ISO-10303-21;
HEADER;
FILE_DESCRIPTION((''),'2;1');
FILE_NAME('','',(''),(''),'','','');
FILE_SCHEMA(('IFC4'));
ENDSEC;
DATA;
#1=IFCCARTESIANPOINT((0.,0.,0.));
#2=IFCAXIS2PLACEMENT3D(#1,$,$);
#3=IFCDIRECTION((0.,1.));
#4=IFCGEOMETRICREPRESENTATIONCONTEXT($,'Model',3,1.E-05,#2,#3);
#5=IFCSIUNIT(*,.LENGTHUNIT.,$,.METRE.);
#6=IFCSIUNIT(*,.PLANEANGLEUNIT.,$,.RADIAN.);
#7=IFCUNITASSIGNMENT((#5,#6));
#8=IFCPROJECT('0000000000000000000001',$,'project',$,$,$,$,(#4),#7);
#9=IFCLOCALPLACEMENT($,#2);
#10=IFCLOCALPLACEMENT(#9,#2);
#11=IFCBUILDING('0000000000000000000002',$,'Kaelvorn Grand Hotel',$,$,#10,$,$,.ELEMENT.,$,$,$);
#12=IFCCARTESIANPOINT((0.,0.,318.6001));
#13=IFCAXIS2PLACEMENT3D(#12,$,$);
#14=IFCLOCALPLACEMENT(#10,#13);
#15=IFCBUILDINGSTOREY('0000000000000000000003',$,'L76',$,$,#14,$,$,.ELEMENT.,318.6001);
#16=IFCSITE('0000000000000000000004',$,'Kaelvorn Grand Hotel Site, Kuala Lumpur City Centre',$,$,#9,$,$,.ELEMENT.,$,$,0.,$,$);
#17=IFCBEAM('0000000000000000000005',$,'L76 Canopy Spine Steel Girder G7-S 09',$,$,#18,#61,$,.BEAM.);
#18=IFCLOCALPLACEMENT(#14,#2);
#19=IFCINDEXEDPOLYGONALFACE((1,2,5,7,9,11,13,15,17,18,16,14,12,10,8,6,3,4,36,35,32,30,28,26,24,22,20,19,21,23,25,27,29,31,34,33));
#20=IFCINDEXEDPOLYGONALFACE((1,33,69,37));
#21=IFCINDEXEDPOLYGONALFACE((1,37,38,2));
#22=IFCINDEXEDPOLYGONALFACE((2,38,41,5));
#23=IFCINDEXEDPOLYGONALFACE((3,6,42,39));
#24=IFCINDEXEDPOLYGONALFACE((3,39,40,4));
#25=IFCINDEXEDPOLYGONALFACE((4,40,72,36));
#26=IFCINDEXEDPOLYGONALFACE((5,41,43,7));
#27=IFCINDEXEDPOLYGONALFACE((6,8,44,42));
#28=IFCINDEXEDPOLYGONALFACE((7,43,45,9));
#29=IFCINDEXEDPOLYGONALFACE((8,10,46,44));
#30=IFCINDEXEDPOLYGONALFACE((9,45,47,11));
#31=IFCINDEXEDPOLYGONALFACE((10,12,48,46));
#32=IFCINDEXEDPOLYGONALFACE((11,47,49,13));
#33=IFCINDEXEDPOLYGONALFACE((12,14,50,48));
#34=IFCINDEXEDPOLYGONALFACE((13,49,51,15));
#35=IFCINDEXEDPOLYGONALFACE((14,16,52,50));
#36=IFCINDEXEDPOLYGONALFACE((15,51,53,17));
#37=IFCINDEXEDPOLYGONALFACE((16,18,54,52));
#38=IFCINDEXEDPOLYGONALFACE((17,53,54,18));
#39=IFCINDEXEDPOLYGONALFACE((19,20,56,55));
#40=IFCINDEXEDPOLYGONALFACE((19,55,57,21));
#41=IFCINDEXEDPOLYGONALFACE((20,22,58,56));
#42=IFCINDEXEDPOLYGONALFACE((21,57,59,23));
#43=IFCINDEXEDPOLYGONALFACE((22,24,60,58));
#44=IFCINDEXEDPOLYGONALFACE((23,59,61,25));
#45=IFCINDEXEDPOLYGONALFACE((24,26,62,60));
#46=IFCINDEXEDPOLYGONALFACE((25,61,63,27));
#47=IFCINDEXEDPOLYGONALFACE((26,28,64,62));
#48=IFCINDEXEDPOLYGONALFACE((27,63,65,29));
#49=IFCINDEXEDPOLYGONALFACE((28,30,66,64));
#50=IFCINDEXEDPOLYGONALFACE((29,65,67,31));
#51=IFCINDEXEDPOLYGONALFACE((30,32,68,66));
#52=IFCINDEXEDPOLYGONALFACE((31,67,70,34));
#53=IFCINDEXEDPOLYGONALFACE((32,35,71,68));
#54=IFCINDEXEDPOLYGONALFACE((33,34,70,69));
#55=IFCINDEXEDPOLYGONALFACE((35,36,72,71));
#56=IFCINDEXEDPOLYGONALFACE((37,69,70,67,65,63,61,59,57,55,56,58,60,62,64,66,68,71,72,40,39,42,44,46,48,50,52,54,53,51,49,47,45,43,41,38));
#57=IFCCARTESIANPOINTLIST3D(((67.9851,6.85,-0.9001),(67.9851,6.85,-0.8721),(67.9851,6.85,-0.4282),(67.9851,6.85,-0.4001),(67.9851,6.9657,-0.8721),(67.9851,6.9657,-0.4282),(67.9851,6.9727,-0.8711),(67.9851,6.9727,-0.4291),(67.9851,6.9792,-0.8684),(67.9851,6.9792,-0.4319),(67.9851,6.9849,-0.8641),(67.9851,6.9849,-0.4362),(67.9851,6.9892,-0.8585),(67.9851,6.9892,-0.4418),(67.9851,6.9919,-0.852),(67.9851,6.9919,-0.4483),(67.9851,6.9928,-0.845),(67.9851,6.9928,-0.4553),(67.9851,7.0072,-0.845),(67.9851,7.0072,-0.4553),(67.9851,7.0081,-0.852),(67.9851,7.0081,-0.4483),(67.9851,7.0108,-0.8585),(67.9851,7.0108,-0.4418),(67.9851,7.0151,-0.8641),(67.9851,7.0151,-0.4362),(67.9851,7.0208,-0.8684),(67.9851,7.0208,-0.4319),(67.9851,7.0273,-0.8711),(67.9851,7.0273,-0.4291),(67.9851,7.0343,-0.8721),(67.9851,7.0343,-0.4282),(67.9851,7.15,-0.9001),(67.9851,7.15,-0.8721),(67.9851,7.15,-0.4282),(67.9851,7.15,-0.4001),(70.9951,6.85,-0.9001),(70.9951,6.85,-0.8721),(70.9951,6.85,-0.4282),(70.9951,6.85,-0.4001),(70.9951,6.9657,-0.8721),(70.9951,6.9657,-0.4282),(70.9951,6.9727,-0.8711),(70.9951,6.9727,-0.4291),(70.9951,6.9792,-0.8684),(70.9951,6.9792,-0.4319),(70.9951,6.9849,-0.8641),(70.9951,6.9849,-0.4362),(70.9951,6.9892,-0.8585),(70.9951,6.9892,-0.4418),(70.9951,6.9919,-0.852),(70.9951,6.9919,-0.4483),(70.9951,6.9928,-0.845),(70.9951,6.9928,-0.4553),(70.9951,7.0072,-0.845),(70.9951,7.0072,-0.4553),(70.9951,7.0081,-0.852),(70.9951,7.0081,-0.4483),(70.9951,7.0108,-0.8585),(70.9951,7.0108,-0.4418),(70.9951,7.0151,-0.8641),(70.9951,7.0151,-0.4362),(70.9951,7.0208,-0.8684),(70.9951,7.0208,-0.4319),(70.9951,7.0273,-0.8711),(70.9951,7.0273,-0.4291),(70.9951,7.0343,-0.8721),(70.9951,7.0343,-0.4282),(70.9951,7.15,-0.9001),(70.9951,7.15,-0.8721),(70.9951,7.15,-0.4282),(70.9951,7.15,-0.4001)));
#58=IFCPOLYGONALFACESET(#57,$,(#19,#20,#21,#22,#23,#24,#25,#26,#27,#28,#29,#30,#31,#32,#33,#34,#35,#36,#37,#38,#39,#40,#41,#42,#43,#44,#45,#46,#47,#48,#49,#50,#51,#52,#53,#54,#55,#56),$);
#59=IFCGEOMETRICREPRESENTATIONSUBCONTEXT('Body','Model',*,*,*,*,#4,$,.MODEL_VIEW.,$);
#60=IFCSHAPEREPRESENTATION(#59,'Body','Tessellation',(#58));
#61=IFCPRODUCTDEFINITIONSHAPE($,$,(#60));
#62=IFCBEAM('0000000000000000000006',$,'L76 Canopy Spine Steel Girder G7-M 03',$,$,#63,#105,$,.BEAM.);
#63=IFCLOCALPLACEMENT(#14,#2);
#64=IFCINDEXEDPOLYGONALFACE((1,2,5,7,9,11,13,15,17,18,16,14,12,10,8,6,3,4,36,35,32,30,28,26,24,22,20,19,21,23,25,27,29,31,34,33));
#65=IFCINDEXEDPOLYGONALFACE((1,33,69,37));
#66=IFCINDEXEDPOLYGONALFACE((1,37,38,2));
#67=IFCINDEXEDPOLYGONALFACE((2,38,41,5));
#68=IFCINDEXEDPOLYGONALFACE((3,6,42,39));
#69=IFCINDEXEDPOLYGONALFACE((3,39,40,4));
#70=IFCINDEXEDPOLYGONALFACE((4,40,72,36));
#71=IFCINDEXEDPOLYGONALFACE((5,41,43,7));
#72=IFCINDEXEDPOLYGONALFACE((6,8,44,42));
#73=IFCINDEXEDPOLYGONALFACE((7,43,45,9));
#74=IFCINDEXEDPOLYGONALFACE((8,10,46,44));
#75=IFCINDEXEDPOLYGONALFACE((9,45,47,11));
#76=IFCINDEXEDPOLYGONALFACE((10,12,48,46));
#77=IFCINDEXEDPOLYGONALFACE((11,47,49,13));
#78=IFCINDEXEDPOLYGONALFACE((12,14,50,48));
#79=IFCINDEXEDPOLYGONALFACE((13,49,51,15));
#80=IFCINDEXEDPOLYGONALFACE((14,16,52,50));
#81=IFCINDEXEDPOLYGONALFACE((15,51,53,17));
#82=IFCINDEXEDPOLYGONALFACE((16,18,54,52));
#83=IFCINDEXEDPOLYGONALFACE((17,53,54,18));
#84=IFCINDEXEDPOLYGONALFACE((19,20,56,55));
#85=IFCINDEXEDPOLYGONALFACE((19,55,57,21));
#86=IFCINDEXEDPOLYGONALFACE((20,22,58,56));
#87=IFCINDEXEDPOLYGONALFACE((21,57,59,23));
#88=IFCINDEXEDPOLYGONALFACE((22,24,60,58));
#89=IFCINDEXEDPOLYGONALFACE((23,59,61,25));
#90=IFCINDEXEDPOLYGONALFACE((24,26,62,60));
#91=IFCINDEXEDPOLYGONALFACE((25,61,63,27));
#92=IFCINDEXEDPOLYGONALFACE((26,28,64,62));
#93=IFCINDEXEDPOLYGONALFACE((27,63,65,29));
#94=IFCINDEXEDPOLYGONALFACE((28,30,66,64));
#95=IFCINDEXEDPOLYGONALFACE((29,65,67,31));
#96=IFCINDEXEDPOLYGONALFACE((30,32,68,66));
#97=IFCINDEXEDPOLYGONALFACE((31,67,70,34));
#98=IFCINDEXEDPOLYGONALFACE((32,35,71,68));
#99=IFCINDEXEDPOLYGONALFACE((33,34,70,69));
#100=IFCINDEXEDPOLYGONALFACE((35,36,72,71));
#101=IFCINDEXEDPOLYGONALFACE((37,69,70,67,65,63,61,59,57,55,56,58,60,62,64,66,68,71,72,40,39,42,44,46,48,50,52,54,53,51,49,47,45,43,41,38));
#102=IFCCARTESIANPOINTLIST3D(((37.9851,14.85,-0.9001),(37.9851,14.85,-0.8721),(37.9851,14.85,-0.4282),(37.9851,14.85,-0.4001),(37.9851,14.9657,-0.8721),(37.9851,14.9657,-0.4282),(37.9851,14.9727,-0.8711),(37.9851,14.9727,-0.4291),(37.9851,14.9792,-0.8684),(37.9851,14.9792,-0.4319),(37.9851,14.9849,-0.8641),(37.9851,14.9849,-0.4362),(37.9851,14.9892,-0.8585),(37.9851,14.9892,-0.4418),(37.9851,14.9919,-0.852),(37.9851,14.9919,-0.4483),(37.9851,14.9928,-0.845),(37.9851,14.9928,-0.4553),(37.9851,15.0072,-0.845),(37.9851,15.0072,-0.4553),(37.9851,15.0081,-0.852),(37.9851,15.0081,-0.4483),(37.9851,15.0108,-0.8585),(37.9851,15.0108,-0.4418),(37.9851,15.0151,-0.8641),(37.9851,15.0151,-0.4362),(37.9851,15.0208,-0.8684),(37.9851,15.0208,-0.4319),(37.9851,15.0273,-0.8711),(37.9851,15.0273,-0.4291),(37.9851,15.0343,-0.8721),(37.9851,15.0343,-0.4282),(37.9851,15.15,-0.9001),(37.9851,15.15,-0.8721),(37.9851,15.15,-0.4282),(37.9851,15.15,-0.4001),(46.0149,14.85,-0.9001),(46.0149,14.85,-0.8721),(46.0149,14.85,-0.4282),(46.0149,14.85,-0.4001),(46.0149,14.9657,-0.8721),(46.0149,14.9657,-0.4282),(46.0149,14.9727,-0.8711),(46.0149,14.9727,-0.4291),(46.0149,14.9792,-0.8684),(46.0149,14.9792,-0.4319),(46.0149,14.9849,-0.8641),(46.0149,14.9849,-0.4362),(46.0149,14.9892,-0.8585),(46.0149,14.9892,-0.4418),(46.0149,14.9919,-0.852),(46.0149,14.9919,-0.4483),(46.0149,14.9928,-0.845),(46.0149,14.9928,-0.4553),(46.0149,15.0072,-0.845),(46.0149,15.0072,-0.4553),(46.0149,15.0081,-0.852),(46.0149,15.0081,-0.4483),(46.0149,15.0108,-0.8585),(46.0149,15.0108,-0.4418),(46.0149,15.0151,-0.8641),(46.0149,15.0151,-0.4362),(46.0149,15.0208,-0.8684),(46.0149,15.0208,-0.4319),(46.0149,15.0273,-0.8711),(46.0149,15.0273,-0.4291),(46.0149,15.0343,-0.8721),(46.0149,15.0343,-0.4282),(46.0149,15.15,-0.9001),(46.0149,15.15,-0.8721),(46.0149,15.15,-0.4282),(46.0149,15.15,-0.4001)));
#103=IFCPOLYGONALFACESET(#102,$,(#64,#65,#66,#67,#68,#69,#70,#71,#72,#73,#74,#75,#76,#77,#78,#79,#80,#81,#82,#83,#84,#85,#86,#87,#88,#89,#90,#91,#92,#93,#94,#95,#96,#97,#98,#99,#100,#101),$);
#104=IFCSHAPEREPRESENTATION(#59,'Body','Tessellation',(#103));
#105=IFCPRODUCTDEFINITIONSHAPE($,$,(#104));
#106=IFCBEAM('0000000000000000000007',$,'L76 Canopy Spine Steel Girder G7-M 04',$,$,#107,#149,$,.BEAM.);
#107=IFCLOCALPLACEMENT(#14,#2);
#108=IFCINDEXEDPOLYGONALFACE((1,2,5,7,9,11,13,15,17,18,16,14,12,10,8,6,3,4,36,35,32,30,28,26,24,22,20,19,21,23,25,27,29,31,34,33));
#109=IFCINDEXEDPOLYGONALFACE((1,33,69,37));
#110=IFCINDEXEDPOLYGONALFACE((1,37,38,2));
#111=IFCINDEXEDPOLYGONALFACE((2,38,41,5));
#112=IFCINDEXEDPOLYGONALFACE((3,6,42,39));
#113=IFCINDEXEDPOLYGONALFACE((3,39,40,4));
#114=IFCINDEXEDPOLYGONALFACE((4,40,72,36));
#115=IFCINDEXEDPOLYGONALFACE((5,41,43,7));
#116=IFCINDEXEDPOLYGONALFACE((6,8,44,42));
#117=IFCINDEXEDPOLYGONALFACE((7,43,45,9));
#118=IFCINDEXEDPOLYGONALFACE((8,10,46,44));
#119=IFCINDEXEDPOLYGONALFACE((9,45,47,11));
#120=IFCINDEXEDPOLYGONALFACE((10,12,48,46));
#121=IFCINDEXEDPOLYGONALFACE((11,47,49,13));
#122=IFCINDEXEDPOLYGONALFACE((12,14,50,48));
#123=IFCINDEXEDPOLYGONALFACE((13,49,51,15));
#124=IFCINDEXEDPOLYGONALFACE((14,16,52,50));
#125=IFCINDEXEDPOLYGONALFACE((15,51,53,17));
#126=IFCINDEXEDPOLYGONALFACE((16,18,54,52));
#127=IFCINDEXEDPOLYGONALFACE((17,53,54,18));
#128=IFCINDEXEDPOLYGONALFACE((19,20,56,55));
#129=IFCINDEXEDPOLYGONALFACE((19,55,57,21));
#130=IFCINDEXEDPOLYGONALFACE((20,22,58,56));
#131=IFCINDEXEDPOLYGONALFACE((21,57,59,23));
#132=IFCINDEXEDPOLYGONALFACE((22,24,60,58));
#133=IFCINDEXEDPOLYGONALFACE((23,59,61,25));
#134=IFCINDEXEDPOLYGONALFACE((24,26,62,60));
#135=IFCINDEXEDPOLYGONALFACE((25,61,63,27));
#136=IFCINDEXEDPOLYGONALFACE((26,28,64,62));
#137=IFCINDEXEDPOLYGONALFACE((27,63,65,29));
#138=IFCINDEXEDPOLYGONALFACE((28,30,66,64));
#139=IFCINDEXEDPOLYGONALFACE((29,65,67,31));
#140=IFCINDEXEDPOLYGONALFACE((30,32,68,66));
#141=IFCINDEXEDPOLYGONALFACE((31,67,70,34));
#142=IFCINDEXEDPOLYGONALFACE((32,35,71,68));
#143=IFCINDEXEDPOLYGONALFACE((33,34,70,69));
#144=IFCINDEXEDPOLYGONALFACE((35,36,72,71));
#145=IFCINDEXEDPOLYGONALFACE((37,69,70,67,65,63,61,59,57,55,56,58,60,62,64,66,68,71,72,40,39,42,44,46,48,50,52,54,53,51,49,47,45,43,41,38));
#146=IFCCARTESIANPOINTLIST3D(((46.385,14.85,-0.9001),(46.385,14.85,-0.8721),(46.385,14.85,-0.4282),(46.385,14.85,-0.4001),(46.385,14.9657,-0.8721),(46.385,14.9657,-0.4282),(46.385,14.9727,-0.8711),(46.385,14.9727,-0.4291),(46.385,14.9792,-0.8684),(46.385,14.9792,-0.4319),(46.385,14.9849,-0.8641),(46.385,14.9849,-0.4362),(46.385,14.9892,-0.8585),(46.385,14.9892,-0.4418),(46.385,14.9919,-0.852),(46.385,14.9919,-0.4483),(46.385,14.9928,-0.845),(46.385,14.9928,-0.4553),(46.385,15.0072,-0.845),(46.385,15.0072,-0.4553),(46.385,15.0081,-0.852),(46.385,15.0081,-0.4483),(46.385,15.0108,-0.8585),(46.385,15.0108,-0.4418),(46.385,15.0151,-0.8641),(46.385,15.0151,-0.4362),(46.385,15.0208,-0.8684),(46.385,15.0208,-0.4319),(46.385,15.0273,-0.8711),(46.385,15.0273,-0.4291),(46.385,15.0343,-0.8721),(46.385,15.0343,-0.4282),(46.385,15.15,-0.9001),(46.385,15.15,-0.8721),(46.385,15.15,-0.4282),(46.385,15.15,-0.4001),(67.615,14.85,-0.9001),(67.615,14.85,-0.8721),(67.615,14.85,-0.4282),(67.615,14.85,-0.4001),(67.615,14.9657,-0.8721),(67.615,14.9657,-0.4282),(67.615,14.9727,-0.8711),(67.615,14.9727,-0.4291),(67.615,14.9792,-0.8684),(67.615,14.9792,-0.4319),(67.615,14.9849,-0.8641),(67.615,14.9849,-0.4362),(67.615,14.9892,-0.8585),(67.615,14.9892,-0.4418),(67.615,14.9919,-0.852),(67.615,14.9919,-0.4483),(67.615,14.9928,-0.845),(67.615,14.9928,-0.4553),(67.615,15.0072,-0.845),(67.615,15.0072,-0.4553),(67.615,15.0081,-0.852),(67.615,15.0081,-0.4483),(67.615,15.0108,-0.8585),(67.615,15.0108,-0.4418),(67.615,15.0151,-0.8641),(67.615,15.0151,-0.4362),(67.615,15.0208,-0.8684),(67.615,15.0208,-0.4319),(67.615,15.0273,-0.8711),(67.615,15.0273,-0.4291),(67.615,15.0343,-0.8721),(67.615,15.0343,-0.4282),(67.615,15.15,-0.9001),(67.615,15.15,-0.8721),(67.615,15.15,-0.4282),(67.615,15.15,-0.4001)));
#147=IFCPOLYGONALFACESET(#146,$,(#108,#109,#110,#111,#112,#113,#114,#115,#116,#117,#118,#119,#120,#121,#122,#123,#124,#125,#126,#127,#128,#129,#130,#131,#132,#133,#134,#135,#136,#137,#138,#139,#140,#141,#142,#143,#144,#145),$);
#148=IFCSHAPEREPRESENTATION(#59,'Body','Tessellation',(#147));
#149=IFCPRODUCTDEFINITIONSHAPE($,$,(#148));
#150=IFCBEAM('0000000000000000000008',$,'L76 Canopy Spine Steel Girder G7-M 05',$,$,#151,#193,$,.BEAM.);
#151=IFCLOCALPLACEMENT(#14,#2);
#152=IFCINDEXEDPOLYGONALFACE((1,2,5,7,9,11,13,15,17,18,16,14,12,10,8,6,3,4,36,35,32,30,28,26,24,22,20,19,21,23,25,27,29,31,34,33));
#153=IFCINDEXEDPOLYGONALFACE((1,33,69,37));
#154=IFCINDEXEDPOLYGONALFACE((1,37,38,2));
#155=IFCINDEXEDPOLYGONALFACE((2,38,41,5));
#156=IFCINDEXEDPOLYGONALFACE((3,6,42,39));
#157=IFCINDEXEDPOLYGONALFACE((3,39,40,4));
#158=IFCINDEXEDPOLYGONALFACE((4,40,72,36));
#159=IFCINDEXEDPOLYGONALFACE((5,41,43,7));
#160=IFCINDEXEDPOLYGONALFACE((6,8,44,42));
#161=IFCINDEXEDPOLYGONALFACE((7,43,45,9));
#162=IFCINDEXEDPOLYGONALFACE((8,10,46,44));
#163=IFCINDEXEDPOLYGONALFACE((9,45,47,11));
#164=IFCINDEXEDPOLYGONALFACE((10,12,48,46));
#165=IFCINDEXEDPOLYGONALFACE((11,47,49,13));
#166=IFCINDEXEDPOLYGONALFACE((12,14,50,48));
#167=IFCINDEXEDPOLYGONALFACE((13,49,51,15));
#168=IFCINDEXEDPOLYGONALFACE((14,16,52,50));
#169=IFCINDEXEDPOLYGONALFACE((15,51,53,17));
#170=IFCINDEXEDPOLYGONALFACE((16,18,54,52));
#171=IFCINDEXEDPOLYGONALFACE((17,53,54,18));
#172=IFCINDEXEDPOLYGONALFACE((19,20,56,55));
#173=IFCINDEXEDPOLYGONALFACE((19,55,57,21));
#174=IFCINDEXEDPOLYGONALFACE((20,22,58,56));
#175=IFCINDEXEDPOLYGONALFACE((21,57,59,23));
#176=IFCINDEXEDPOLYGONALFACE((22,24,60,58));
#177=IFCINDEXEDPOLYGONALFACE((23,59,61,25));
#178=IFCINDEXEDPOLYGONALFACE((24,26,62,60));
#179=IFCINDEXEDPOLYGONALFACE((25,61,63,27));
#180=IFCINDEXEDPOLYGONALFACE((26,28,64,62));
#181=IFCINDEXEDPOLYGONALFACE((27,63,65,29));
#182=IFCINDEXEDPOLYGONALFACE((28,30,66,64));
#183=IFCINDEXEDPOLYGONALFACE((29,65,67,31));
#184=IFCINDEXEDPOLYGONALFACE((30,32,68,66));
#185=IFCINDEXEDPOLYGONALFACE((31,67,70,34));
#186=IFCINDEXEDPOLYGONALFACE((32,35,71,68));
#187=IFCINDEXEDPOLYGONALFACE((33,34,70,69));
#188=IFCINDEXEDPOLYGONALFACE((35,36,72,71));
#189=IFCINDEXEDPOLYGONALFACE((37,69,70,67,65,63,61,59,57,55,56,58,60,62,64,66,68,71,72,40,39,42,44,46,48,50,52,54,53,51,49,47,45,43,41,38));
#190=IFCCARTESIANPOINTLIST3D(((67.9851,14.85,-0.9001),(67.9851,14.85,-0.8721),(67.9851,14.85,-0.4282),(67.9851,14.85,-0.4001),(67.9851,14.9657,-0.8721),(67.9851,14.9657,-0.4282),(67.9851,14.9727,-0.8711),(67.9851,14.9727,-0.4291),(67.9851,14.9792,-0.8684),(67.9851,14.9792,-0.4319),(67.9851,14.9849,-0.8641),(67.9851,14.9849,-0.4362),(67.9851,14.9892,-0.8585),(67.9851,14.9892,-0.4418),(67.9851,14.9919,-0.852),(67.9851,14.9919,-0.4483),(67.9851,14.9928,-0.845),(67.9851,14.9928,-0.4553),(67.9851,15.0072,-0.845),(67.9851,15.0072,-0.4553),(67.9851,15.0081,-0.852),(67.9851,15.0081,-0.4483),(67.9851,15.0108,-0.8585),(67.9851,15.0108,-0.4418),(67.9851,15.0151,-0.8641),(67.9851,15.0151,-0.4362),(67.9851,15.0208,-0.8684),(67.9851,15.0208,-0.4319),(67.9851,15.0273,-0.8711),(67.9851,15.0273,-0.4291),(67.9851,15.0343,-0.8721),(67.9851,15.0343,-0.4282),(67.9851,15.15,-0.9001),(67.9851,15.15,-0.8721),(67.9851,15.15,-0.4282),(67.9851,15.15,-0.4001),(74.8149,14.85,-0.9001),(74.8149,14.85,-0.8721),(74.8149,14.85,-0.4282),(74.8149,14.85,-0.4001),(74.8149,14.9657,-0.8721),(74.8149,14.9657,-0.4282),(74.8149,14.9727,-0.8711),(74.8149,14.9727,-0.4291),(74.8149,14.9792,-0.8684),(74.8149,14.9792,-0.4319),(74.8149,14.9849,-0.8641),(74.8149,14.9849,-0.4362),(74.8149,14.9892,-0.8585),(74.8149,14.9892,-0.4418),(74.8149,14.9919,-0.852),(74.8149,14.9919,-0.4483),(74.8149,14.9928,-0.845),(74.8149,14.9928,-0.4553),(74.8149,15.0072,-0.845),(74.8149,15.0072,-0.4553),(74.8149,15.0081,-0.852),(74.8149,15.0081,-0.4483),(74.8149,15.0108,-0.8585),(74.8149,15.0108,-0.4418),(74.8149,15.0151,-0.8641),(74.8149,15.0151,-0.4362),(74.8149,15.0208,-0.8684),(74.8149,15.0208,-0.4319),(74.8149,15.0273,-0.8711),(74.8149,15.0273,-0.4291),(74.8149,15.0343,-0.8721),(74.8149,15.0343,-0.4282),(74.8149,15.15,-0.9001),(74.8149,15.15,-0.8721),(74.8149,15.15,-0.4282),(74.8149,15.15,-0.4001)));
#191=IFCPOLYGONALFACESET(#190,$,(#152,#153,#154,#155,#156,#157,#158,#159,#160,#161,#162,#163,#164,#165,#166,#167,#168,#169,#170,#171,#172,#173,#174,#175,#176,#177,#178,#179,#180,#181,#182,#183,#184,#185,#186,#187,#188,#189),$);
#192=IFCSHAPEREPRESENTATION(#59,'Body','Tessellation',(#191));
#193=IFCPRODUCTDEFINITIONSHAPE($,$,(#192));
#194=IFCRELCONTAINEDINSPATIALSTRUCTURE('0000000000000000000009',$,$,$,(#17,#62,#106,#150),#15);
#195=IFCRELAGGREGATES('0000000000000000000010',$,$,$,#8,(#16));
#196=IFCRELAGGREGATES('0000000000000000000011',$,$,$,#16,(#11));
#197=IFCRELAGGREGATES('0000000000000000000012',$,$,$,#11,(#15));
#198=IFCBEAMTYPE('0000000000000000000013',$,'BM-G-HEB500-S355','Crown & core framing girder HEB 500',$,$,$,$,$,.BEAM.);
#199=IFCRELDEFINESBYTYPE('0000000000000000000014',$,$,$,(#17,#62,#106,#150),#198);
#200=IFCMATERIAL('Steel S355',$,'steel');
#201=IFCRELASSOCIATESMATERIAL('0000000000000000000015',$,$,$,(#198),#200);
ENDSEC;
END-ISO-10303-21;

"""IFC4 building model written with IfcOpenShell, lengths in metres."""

from ifc_helpers import new_model, si_unit, direction, frame, origin, origin_2d, place, context, subcontext, project, spatial, i_section, extrude, material, material_profile, profile_set, type_object, element, save


model = new_model("IFC4")

# Units and contexts
model_context = context("Model", 3, precision=1e-05, world=origin(), true_north=direction((0.0, 1.0)))
body_context = subcontext(model_context, "Body", "Model", "MODEL_VIEW")
ifc_project = project(units=[si_unit("LENGTHUNIT", "METRE"), si_unit("PLANEANGLEUNIT", "RADIAN")], contexts=[model_context])

# Site, building, storey
site_placement = place(None, origin())
site = spatial("IfcSite", under=ifc_project, at=site_placement, Name="Kaelvorn Grand Hotel Site, Kuala Lumpur City Centre", CompositionType="ELEMENT", RefElevation=0.0)
building_placement = place(site_placement, origin())
building = spatial("IfcBuilding", under=site, at=building_placement, Name="Kaelvorn Grand Hotel", CompositionType="ELEMENT")
storey_placement = place(building_placement, frame((0.0, 0.0, 318.6001)))
storey = spatial("IfcBuildingStorey", under=building, at=storey_placement, Name="L76", CompositionType="ELEMENT", Elevation=318.6001)

# Beams
ifc_material_1 = material(Name="Steel S355", Category="steel")
ifc_material_profile_1 = material_profile(ifc_material_1, i_section(OverallWidth=0.3, OverallDepth=0.5, WebThickness=0.0144, FlangeThickness=0.0281, FilletRadius=0.0271, at=origin_2d()), Name="HEB 500")
ifc_profile_set_1 = profile_set([ifc_material_profile_1], Name="Steel S355")
beam_type = type_object("IfcBeamType", Name="BM-G-HEB500-S355", Description="Crown & core framing girder HEB 500", PredefinedType="BEAM", material=ifc_profile_set_1)
beam_1_placement = place(storey_placement, frame((67.9851, 7.0, -0.6501), z_axis=(1.0, 0.0, 0.0), x_axis=(0.0, 1.0, 0.0)))
element("IfcBeam", 1, at=beam_1_placement, inside=storey, type_object=beam_type, Name="L76 Canopy Spine Steel Girder G7-S 09", PredefinedType="BEAM", context=body_context, shape_type="SweptSolid", body=[
    extrude(i_section(OverallWidth=0.3, OverallDepth=0.5, WebThickness=0.0144, FlangeThickness=0.0281, FilletRadius=0.0271, at=origin_2d()), origin(), (0.0, 0.0, 1.0), 3.01),
])
beam_2_placement = place(storey_placement, frame((37.9851, 15.0, -0.6501), z_axis=(1.0, 0.0, 0.0), x_axis=(0.0, 1.0, 0.0)))
element("IfcBeam", 2, at=beam_2_placement, inside=storey, type_object=beam_type, Name="L76 Canopy Spine Steel Girder G7-M 03", PredefinedType="BEAM", context=body_context, shape_type="SweptSolid", body=[
    extrude(i_section(OverallWidth=0.3, OverallDepth=0.5, WebThickness=0.0144, FlangeThickness=0.0281, FilletRadius=0.0271, at=origin_2d()), origin(), (0.0, 0.0, 1.0), 8.0298),
])
beam_3_placement = place(storey_placement, frame((46.385, 15.0, -0.6501), z_axis=(1.0, 0.0, 0.0), x_axis=(0.0, 1.0, 0.0)))
element("IfcBeam", 3, at=beam_3_placement, inside=storey, type_object=beam_type, Name="L76 Canopy Spine Steel Girder G7-M 04", PredefinedType="BEAM", context=body_context, shape_type="SweptSolid", body=[
    extrude(i_section(OverallWidth=0.3, OverallDepth=0.5, WebThickness=0.0144, FlangeThickness=0.0281, FilletRadius=0.0271, at=origin_2d()), origin(), (0.0, 0.0, 1.0), 21.23),
])
beam_4_placement = place(storey_placement, frame((67.9851, 15.0, -0.6501), z_axis=(1.0, 0.0, 0.0), x_axis=(0.0, 1.0, 0.0)))
element("IfcBeam", 4, at=beam_4_placement, inside=storey, type_object=beam_type, Name="L76 Canopy Spine Steel Girder G7-M 05", PredefinedType="BEAM", context=body_context, shape_type="SweptSolid", body=[
    extrude(i_section(OverallWidth=0.3, OverallDepth=0.5, WebThickness=0.0144, FlangeThickness=0.0281, FilletRadius=0.0271, at=origin_2d()), origin(), (0.0, 0.0, 1.0), 6.8298),
])

save(model, "model.ifc")
